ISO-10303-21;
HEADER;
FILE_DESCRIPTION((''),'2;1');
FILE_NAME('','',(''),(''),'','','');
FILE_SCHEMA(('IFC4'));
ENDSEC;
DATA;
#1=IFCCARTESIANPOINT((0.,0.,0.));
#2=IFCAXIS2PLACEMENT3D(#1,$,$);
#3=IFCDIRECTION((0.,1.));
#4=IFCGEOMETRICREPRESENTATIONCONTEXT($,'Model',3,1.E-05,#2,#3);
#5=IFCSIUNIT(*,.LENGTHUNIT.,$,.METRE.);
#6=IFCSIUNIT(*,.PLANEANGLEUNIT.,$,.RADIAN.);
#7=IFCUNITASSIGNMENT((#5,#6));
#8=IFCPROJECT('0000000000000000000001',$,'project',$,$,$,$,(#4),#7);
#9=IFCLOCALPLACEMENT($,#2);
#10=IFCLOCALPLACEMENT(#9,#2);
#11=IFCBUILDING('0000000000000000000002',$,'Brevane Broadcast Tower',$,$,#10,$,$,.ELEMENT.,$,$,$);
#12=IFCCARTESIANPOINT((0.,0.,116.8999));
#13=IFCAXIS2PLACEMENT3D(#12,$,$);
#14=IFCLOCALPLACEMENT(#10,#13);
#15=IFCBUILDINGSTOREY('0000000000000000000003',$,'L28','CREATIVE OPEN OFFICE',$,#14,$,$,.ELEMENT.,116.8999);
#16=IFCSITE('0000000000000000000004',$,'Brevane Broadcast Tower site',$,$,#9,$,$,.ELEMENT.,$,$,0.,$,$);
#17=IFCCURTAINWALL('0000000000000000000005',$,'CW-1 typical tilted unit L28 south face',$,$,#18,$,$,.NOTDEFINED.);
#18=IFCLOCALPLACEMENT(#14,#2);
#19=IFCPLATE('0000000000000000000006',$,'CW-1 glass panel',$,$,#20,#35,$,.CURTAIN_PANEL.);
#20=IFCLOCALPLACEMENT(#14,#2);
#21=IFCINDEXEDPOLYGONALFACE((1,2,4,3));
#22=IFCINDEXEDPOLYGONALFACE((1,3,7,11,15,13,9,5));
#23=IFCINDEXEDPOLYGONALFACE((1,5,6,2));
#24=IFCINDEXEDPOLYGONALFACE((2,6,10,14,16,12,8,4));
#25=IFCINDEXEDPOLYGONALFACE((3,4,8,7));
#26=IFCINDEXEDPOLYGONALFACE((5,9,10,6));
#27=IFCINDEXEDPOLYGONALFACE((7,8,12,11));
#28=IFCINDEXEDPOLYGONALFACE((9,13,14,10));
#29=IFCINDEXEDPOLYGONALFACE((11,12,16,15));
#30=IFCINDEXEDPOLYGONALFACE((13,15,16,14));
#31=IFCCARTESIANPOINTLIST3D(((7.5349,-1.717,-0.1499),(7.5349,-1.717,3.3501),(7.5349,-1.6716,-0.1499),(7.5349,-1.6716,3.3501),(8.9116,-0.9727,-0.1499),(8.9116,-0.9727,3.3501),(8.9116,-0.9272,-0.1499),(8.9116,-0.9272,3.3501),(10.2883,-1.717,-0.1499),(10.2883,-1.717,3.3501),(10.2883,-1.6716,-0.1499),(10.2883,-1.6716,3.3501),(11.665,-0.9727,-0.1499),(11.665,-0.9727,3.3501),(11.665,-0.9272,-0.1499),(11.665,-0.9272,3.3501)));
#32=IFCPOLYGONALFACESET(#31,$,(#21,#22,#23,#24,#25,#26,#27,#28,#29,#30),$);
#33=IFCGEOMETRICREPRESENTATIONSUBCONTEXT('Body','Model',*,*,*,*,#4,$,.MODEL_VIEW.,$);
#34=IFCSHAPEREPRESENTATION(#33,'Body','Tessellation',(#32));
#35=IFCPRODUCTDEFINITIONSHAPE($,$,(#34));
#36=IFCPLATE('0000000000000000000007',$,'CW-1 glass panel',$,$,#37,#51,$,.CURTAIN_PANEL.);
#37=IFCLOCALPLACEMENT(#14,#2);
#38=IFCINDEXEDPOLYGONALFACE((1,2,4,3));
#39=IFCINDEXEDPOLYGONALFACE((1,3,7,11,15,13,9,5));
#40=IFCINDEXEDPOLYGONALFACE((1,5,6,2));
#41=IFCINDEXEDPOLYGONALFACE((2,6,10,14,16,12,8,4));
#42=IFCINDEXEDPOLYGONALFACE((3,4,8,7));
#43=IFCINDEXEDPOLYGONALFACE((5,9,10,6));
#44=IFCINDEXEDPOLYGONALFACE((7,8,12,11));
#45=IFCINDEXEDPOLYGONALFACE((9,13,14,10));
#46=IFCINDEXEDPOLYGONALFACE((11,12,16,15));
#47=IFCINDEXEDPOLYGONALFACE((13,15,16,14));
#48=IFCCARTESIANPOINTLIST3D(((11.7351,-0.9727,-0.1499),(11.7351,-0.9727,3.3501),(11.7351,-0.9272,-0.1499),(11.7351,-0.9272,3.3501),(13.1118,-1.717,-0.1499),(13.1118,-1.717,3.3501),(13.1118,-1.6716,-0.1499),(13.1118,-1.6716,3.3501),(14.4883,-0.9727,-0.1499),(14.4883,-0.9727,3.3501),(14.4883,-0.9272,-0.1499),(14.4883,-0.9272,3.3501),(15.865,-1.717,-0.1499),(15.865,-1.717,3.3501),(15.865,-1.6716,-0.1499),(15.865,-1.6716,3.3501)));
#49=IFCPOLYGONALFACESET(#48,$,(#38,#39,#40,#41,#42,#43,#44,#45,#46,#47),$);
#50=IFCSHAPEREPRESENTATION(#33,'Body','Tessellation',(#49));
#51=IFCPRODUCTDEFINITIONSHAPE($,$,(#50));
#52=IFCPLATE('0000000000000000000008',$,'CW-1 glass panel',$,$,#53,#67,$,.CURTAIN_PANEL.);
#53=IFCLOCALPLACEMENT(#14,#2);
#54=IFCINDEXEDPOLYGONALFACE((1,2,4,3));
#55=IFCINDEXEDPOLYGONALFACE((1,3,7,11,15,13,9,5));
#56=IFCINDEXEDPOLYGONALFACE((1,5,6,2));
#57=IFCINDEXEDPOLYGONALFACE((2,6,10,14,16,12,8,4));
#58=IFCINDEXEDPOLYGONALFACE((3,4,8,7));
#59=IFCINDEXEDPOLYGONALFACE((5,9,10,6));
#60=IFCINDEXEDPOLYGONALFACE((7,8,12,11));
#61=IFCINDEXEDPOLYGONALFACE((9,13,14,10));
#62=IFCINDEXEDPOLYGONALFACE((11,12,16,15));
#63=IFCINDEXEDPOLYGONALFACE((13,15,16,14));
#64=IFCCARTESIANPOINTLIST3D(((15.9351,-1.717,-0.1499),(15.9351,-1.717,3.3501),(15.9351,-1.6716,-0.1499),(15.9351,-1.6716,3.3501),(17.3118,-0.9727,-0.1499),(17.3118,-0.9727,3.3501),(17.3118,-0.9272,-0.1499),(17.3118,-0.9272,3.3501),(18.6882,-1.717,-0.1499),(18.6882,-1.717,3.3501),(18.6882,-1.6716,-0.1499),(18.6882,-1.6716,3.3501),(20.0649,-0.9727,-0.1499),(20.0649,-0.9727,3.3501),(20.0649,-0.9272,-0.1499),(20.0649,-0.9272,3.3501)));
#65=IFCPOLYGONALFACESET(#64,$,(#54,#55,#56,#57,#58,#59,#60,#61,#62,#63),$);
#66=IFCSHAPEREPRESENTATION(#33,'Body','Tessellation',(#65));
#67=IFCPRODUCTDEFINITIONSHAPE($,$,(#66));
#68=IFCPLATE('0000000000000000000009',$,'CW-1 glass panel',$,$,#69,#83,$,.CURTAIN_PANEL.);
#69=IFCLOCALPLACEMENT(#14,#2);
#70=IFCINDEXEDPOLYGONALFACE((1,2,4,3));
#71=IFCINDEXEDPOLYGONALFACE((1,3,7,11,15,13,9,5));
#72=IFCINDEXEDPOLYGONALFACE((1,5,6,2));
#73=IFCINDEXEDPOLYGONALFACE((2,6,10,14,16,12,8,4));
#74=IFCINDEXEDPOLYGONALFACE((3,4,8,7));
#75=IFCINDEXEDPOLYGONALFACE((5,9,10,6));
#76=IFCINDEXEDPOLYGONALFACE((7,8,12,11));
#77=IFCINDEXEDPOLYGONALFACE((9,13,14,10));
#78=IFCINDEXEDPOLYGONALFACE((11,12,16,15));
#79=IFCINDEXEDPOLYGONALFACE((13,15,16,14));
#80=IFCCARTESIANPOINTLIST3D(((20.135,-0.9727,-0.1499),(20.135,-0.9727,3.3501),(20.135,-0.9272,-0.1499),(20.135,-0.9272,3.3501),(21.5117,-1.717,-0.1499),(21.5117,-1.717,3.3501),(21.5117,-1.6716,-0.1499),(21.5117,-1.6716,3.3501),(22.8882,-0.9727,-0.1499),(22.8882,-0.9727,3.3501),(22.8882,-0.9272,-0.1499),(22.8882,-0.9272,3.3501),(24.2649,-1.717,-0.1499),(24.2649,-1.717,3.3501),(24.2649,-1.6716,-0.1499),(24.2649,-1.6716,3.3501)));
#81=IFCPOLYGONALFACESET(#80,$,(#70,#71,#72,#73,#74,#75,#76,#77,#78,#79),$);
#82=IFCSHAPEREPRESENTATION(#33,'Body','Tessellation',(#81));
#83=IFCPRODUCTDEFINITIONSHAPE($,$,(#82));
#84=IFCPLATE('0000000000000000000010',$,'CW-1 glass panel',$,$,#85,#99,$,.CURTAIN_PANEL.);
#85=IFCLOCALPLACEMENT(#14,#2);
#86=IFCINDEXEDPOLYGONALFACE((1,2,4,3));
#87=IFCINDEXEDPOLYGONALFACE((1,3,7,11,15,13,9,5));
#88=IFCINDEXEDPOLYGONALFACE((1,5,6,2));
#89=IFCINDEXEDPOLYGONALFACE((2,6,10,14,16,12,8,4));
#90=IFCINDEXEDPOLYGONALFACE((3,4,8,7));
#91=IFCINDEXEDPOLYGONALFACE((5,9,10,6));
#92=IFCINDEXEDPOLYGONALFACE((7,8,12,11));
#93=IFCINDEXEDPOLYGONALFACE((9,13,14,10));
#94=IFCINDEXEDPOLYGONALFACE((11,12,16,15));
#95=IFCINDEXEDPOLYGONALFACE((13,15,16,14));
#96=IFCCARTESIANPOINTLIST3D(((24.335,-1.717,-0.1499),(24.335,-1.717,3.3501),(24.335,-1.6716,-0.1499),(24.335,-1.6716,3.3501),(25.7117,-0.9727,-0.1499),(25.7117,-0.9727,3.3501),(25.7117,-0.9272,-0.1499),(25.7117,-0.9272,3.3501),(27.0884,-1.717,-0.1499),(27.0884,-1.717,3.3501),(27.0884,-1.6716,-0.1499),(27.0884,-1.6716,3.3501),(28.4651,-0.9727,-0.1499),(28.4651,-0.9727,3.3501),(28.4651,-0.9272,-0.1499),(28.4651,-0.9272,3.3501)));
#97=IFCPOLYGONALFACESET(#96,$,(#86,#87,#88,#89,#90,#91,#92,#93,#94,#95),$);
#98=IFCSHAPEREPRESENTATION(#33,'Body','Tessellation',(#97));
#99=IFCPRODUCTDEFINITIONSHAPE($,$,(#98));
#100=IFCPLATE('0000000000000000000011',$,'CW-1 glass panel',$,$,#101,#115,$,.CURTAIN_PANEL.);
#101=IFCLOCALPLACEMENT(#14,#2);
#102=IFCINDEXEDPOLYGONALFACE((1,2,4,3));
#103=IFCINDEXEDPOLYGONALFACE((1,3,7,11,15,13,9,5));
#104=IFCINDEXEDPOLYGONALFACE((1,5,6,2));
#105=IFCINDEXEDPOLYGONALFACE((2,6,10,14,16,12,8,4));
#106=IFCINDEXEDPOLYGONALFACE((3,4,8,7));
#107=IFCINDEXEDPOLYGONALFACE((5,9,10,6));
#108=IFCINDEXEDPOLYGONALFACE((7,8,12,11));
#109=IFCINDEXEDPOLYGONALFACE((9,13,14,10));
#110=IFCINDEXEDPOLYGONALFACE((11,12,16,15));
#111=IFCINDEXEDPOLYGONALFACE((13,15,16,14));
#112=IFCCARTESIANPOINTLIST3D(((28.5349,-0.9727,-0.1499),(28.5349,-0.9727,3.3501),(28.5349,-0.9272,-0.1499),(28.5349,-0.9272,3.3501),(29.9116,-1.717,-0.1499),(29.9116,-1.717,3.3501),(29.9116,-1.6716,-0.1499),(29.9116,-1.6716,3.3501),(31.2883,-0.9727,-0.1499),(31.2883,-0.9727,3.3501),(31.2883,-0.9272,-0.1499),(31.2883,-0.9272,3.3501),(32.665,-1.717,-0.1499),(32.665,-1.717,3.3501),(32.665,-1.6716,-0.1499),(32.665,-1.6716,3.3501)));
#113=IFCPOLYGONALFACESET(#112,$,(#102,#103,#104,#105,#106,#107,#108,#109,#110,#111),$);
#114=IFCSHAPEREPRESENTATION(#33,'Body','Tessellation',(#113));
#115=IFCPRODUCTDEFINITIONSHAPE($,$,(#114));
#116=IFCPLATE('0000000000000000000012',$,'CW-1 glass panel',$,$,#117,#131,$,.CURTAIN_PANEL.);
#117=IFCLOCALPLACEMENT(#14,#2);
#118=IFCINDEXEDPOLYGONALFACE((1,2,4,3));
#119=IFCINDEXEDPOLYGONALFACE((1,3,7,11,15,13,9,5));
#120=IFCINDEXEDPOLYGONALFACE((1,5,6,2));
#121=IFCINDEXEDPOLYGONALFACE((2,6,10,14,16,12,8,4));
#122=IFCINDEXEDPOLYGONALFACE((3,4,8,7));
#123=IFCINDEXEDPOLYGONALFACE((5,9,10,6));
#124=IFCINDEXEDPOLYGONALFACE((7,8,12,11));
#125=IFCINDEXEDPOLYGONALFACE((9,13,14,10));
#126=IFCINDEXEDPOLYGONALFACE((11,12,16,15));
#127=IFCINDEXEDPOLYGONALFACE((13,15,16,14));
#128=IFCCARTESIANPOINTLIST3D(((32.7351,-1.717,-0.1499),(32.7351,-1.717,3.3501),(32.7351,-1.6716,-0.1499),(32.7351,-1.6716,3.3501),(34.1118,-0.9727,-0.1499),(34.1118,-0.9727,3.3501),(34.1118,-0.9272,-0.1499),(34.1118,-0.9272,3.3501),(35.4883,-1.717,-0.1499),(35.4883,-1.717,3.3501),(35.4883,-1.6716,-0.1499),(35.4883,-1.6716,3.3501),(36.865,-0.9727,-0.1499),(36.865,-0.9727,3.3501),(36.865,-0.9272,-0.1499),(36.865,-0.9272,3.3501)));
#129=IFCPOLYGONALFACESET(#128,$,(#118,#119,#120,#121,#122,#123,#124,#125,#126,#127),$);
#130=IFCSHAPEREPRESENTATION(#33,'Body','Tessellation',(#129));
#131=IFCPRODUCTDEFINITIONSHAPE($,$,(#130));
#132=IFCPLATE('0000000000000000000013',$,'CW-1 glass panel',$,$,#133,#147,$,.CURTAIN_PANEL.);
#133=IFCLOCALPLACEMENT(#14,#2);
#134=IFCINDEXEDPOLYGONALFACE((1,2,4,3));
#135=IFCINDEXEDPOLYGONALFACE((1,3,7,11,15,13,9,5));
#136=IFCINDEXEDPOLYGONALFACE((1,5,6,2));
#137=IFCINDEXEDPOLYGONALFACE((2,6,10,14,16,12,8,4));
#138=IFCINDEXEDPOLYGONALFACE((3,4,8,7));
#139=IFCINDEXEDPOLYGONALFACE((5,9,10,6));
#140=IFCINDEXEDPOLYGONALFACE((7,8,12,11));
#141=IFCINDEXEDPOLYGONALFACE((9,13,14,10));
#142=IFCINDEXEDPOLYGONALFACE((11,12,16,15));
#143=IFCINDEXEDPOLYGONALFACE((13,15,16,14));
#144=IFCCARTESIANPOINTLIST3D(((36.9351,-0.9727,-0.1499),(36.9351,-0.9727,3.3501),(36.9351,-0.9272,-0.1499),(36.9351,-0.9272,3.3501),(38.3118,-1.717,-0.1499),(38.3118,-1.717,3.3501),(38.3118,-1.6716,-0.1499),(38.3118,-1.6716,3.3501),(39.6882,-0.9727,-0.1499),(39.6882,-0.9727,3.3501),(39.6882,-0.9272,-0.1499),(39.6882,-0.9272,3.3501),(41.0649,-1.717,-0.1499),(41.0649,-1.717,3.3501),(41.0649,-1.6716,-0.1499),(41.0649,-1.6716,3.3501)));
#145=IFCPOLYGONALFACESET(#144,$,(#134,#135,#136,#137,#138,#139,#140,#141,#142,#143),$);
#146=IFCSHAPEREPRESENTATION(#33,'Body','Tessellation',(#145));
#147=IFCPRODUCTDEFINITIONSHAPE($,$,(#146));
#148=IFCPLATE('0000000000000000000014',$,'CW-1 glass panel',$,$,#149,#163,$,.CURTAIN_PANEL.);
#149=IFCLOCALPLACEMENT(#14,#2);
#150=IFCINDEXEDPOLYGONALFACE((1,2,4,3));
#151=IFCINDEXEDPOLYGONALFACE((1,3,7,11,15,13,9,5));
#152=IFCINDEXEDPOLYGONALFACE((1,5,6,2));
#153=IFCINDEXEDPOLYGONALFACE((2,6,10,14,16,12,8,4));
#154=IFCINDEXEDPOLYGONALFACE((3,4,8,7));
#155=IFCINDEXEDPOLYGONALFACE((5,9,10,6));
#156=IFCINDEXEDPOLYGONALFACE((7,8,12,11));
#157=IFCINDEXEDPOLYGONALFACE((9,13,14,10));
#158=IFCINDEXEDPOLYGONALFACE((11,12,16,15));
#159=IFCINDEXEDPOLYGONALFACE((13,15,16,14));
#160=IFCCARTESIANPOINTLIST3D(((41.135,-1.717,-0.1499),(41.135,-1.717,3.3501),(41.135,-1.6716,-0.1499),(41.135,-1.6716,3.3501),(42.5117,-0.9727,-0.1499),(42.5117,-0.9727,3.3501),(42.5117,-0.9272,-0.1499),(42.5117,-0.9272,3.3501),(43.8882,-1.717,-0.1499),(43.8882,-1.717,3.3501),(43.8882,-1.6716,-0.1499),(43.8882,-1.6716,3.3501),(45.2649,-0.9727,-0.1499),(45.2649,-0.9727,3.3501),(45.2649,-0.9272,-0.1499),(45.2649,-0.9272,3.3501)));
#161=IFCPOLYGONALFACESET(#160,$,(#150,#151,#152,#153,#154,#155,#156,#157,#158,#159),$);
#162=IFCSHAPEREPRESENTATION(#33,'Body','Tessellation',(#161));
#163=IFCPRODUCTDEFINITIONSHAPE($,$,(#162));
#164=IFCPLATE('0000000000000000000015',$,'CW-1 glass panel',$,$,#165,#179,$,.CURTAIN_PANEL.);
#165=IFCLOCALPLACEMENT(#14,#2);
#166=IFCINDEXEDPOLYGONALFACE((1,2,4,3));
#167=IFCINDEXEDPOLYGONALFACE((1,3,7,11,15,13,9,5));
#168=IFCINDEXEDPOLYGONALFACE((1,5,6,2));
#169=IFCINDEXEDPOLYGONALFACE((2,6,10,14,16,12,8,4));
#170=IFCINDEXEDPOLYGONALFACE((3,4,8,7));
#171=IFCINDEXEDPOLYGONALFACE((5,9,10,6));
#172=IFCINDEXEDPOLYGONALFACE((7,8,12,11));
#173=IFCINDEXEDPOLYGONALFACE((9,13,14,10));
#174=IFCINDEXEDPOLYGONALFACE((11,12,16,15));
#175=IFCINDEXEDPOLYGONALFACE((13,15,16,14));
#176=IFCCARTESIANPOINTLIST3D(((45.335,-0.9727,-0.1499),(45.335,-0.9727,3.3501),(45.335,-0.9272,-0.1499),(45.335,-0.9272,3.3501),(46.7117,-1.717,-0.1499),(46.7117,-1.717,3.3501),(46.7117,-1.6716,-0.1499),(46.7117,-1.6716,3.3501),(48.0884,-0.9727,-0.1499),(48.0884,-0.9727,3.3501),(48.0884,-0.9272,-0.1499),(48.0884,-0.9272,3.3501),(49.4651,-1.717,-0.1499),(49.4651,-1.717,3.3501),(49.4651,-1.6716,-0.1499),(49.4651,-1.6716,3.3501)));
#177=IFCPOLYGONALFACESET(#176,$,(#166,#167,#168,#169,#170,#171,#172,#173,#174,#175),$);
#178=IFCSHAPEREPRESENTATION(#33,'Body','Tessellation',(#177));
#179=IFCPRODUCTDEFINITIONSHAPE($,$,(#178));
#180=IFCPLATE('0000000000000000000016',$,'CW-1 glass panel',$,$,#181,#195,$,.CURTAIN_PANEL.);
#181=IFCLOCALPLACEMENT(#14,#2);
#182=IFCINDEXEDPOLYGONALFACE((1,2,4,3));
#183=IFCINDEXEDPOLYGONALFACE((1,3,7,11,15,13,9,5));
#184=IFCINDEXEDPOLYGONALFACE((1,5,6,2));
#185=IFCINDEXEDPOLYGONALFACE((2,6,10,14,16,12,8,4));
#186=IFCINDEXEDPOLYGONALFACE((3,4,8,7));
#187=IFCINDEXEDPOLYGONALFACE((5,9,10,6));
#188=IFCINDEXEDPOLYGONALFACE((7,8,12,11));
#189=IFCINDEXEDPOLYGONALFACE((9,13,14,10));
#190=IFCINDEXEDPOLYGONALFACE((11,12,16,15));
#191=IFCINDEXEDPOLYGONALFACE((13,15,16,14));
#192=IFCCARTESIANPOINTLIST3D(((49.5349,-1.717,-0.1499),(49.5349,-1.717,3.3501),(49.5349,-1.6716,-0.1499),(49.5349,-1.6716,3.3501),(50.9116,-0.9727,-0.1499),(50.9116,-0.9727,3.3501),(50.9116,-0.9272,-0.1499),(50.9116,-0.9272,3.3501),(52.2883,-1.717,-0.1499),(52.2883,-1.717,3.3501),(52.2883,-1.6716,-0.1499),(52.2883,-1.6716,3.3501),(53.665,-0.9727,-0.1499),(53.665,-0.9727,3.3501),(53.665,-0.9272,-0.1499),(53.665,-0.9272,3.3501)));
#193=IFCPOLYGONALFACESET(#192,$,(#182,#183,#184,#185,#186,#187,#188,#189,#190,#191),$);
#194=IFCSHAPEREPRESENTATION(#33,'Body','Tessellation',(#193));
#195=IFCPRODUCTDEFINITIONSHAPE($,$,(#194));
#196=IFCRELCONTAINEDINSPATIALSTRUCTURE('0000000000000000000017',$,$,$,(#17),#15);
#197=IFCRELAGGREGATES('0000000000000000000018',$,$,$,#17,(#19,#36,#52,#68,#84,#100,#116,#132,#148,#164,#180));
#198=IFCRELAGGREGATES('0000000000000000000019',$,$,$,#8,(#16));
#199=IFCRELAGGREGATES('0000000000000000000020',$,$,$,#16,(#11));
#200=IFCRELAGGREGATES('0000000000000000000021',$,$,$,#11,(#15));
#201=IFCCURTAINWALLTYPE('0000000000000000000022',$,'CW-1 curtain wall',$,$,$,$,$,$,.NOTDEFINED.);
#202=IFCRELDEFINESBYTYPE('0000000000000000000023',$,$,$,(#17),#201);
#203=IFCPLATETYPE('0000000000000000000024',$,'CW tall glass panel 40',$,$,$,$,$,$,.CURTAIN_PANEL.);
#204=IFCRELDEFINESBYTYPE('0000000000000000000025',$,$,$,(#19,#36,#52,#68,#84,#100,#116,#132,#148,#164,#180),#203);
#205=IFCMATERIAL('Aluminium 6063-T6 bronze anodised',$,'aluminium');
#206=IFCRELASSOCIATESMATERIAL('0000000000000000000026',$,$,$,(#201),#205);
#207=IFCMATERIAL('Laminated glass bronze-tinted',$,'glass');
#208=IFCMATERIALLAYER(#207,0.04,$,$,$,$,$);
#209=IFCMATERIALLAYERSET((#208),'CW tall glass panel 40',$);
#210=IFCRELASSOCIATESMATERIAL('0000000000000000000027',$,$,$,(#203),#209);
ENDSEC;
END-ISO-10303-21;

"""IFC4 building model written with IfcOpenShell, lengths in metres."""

from ifc_helpers import new_model, si_unit, direction, frame, origin, place, context, subcontext, project, spatial, polyline, outline, extrude, material, layer, layer_set, type_object, element, aggregate, save


model = new_model("IFC4")

# Units and contexts
model_context = context("Model", 3, precision=1e-05, world=origin(), true_north=direction((0.0, 1.0)))
body_context = subcontext(model_context, "Body", "Model", "MODEL_VIEW")
ifc_project = project(units=[si_unit("LENGTHUNIT", "METRE"), si_unit("PLANEANGLEUNIT", "RADIAN")], contexts=[model_context])

# Site, building, storey
site_placement = place(None, origin())
site = spatial("IfcSite", under=ifc_project, at=site_placement, Name="Brevane Broadcast Tower site", CompositionType="ELEMENT", RefElevation=0.0)
building_placement = place(site_placement, origin())
building = spatial("IfcBuilding", under=site, at=building_placement, Name="Brevane Broadcast Tower", CompositionType="ELEMENT")
storey_placement = place(building_placement, frame((0.0, 0.0, 116.8999)))
storey = spatial("IfcBuildingStorey", under=building, at=storey_placement, Name="L28", Description="CREATIVE OPEN OFFICE", CompositionType="ELEMENT", Elevation=116.8999)

# Curtain wall, plates
ifc_material_1 = material(Name="Aluminium 6063-T6 bronze anodised", Category="aluminium")
curtain_wall_type = type_object("IfcCurtainWallType", Name="CW-1 curtain wall", PredefinedType="NOTDEFINED", material=ifc_material_1)
curtain_wall_1_placement = place(storey_placement, origin())
curtain_wall_1 = element("IfcCurtainWall", 1, at=curtain_wall_1_placement, inside=storey, type_object=curtain_wall_type, Name="CW-1 typical tilted unit L28 south face", PredefinedType="NOTDEFINED")
ifc_material_2 = material(Name="Laminated glass bronze-tinted", Category="glass")
ifc_layer = layer(ifc_material_2, 0.04)
ifc_layer_set = layer_set([ifc_layer], Name="CW tall glass panel 40")
plate_type = type_object("IfcPlateType", Name="CW tall glass panel 40", PredefinedType="CURTAIN_PANEL", material=ifc_layer_set)
plate_1_placement = place(storey_placement, frame((0.0, 0.0, -0.1499)))
plate_1 = element("IfcPlate", 2, at=plate_1_placement, type_object=plate_type, Name="CW-1 glass panel", PredefinedType="CURTAIN_PANEL", context=body_context, shape_type="SweptSolid", body=[
    extrude(outline(polyline([(7.5349, -1.6716), (7.5349, -1.717), (8.9116, -0.9727), (10.2883, -1.717), (11.665, -0.9727), (11.665, -0.9272), (10.2883, -1.6716), (8.9116, -0.9272), (7.5349, -1.6716)])), origin(), (0.0, 0.0, 1.0), 3.5),
])
plate_2_placement = place(storey_placement, frame((0.0, 0.0, -0.1499)))
plate_2 = element("IfcPlate", 3, at=plate_2_placement, type_object=plate_type, Name="CW-1 glass panel", PredefinedType="CURTAIN_PANEL", context=body_context, shape_type="SweptSolid", body=[
    extrude(outline(polyline([(11.7351, -0.9272), (11.7351, -0.9727), (13.1118, -1.717), (14.4883, -0.9727), (15.865, -1.717), (15.865, -1.6716), (14.4883, -0.9272), (13.1118, -1.6716), (11.7351, -0.9272)])), origin(), (0.0, 0.0, 1.0), 3.5),
])
plate_3_placement = place(storey_placement, frame((0.0, 0.0, -0.1499)))
plate_3 = element("IfcPlate", 4, at=plate_3_placement, type_object=plate_type, Name="CW-1 glass panel", PredefinedType="CURTAIN_PANEL", context=body_context, shape_type="SweptSolid", body=[
    extrude(outline(polyline([(15.9351, -1.6716), (15.9351, -1.717), (17.3118, -0.9727), (18.6882, -1.717), (20.0649, -0.9727), (20.0649, -0.9272), (18.6882, -1.6716), (17.3118, -0.9272), (15.9351, -1.6716)])), origin(), (0.0, 0.0, 1.0), 3.5),
])
plate_4_placement = place(storey_placement, frame((0.0, 0.0, -0.1499)))
plate_4 = element("IfcPlate", 5, at=plate_4_placement, type_object=plate_type, Name="CW-1 glass panel", PredefinedType="CURTAIN_PANEL", context=body_context, shape_type="SweptSolid", body=[
    extrude(outline(polyline([(20.135, -0.9272), (20.135, -0.9727), (21.5117, -1.717), (22.8882, -0.9727), (24.2649, -1.717), (24.2649, -1.6716), (22.8882, -0.9272), (21.5117, -1.6716), (20.135, -0.9272)])), origin(), (0.0, 0.0, 1.0), 3.5),
])
plate_5_placement = place(storey_placement, frame((0.0, 0.0, -0.1499)))
plate_5 = element("IfcPlate", 6, at=plate_5_placement, type_object=plate_type, Name="CW-1 glass panel", PredefinedType="CURTAIN_PANEL", context=body_context, shape_type="SweptSolid", body=[
    extrude(outline(polyline([(24.335, -1.6716), (24.335, -1.717), (25.7117, -0.9727), (27.0884, -1.717), (28.4651, -0.9727), (28.4651, -0.9272), (27.0884, -1.6716), (25.7117, -0.9272), (24.335, -1.6716)])), origin(), (0.0, 0.0, 1.0), 3.5),
])
plate_6_placement = place(storey_placement, frame((0.0, 0.0, -0.1499)))
plate_6 = element("IfcPlate", 7, at=plate_6_placement, type_object=plate_type, Name="CW-1 glass panel", PredefinedType="CURTAIN_PANEL", context=body_context, shape_type="SweptSolid", body=[
    extrude(outline(polyline([(28.5349, -0.9272), (28.5349, -0.9727), (29.9116, -1.717), (31.2883, -0.9727), (32.665, -1.717), (32.665, -1.6716), (31.2883, -0.9272), (29.9116, -1.6716), (28.5349, -0.9272)])), origin(), (0.0, 0.0, 1.0), 3.5),
])
plate_7_placement = place(storey_placement, frame((0.0, 0.0, -0.1499)))
plate_7 = element("IfcPlate", 8, at=plate_7_placement, type_object=plate_type, Name="CW-1 glass panel", PredefinedType="CURTAIN_PANEL", context=body_context, shape_type="SweptSolid", body=[
    extrude(outline(polyline([(32.7351, -1.6716), (32.7351, -1.717), (34.1118, -0.9727), (35.4883, -1.717), (36.865, -0.9727), (36.865, -0.9272), (35.4883, -1.6716), (34.1118, -0.9272), (32.7351, -1.6716)])), origin(), (0.0, 0.0, 1.0), 3.5),
])
plate_8_placement = place(storey_placement, frame((0.0, 0.0, -0.1499)))
plate_8 = element("IfcPlate", 9, at=plate_8_placement, type_object=plate_type, Name="CW-1 glass panel", PredefinedType="CURTAIN_PANEL", context=body_context, shape_type="SweptSolid", body=[
    extrude(outline(polyline([(36.9351, -0.9272), (36.9351, -0.9727), (38.3118, -1.717), (39.6882, -0.9727), (41.0649, -1.717), (41.0649, -1.6716), (39.6882, -0.9272), (38.3118, -1.6716), (36.9351, -0.9272)])), origin(), (0.0, 0.0, 1.0), 3.5),
])
plate_9_placement = place(storey_placement, frame((0.0, 0.0, -0.1499)))
plate_9 = element("IfcPlate", 10, at=plate_9_placement, type_object=plate_type, Name="CW-1 glass panel", PredefinedType="CURTAIN_PANEL", context=body_context, shape_type="SweptSolid", body=[
    extrude(outline(polyline([(41.135, -1.6716), (41.135, -1.717), (42.5117, -0.9727), (43.8882, -1.717), (45.2649, -0.9727), (45.2649, -0.9272), (43.8882, -1.6716), (42.5117, -0.9272), (41.135, -1.6716)])), origin(), (0.0, 0.0, 1.0), 3.5),
])
plate_10_placement = place(storey_placement, frame((0.0, 0.0, -0.1499)))
plate_10 = element("IfcPlate", 11, at=plate_10_placement, type_object=plate_type, Name="CW-1 glass panel", PredefinedType="CURTAIN_PANEL", context=body_context, shape_type="SweptSolid", body=[
    extrude(outline(polyline([(45.335, -0.9272), (45.335, -0.9727), (46.7117, -1.717), (48.0884, -0.9727), (49.4651, -1.717), (49.4651, -1.6716), (48.0884, -0.9272), (46.7117, -1.6716), (45.335, -0.9272)])), origin(), (0.0, 0.0, 1.0), 3.5),
])
plate_11_placement = place(storey_placement, frame((0.0, 0.0, -0.1499)))
plate_11 = element("IfcPlate", 12, at=plate_11_placement, type_object=plate_type, Name="CW-1 glass panel", PredefinedType="CURTAIN_PANEL", context=body_context, shape_type="SweptSolid", body=[
    extrude(outline(polyline([(49.5349, -1.6716), (49.5349, -1.717), (50.9116, -0.9727), (52.2883, -1.717), (53.665, -0.9727), (53.665, -0.9272), (52.2883, -1.6716), (50.9116, -0.9272), (49.5349, -1.6716)])), origin(), (0.0, 0.0, 1.0), 3.5),
])
aggregate(curtain_wall_1, [plate_1, plate_2, plate_3, plate_4, plate_5, plate_6, plate_7, plate_8, plate_9, plate_10, plate_11])

save(model, "model.ifc")
